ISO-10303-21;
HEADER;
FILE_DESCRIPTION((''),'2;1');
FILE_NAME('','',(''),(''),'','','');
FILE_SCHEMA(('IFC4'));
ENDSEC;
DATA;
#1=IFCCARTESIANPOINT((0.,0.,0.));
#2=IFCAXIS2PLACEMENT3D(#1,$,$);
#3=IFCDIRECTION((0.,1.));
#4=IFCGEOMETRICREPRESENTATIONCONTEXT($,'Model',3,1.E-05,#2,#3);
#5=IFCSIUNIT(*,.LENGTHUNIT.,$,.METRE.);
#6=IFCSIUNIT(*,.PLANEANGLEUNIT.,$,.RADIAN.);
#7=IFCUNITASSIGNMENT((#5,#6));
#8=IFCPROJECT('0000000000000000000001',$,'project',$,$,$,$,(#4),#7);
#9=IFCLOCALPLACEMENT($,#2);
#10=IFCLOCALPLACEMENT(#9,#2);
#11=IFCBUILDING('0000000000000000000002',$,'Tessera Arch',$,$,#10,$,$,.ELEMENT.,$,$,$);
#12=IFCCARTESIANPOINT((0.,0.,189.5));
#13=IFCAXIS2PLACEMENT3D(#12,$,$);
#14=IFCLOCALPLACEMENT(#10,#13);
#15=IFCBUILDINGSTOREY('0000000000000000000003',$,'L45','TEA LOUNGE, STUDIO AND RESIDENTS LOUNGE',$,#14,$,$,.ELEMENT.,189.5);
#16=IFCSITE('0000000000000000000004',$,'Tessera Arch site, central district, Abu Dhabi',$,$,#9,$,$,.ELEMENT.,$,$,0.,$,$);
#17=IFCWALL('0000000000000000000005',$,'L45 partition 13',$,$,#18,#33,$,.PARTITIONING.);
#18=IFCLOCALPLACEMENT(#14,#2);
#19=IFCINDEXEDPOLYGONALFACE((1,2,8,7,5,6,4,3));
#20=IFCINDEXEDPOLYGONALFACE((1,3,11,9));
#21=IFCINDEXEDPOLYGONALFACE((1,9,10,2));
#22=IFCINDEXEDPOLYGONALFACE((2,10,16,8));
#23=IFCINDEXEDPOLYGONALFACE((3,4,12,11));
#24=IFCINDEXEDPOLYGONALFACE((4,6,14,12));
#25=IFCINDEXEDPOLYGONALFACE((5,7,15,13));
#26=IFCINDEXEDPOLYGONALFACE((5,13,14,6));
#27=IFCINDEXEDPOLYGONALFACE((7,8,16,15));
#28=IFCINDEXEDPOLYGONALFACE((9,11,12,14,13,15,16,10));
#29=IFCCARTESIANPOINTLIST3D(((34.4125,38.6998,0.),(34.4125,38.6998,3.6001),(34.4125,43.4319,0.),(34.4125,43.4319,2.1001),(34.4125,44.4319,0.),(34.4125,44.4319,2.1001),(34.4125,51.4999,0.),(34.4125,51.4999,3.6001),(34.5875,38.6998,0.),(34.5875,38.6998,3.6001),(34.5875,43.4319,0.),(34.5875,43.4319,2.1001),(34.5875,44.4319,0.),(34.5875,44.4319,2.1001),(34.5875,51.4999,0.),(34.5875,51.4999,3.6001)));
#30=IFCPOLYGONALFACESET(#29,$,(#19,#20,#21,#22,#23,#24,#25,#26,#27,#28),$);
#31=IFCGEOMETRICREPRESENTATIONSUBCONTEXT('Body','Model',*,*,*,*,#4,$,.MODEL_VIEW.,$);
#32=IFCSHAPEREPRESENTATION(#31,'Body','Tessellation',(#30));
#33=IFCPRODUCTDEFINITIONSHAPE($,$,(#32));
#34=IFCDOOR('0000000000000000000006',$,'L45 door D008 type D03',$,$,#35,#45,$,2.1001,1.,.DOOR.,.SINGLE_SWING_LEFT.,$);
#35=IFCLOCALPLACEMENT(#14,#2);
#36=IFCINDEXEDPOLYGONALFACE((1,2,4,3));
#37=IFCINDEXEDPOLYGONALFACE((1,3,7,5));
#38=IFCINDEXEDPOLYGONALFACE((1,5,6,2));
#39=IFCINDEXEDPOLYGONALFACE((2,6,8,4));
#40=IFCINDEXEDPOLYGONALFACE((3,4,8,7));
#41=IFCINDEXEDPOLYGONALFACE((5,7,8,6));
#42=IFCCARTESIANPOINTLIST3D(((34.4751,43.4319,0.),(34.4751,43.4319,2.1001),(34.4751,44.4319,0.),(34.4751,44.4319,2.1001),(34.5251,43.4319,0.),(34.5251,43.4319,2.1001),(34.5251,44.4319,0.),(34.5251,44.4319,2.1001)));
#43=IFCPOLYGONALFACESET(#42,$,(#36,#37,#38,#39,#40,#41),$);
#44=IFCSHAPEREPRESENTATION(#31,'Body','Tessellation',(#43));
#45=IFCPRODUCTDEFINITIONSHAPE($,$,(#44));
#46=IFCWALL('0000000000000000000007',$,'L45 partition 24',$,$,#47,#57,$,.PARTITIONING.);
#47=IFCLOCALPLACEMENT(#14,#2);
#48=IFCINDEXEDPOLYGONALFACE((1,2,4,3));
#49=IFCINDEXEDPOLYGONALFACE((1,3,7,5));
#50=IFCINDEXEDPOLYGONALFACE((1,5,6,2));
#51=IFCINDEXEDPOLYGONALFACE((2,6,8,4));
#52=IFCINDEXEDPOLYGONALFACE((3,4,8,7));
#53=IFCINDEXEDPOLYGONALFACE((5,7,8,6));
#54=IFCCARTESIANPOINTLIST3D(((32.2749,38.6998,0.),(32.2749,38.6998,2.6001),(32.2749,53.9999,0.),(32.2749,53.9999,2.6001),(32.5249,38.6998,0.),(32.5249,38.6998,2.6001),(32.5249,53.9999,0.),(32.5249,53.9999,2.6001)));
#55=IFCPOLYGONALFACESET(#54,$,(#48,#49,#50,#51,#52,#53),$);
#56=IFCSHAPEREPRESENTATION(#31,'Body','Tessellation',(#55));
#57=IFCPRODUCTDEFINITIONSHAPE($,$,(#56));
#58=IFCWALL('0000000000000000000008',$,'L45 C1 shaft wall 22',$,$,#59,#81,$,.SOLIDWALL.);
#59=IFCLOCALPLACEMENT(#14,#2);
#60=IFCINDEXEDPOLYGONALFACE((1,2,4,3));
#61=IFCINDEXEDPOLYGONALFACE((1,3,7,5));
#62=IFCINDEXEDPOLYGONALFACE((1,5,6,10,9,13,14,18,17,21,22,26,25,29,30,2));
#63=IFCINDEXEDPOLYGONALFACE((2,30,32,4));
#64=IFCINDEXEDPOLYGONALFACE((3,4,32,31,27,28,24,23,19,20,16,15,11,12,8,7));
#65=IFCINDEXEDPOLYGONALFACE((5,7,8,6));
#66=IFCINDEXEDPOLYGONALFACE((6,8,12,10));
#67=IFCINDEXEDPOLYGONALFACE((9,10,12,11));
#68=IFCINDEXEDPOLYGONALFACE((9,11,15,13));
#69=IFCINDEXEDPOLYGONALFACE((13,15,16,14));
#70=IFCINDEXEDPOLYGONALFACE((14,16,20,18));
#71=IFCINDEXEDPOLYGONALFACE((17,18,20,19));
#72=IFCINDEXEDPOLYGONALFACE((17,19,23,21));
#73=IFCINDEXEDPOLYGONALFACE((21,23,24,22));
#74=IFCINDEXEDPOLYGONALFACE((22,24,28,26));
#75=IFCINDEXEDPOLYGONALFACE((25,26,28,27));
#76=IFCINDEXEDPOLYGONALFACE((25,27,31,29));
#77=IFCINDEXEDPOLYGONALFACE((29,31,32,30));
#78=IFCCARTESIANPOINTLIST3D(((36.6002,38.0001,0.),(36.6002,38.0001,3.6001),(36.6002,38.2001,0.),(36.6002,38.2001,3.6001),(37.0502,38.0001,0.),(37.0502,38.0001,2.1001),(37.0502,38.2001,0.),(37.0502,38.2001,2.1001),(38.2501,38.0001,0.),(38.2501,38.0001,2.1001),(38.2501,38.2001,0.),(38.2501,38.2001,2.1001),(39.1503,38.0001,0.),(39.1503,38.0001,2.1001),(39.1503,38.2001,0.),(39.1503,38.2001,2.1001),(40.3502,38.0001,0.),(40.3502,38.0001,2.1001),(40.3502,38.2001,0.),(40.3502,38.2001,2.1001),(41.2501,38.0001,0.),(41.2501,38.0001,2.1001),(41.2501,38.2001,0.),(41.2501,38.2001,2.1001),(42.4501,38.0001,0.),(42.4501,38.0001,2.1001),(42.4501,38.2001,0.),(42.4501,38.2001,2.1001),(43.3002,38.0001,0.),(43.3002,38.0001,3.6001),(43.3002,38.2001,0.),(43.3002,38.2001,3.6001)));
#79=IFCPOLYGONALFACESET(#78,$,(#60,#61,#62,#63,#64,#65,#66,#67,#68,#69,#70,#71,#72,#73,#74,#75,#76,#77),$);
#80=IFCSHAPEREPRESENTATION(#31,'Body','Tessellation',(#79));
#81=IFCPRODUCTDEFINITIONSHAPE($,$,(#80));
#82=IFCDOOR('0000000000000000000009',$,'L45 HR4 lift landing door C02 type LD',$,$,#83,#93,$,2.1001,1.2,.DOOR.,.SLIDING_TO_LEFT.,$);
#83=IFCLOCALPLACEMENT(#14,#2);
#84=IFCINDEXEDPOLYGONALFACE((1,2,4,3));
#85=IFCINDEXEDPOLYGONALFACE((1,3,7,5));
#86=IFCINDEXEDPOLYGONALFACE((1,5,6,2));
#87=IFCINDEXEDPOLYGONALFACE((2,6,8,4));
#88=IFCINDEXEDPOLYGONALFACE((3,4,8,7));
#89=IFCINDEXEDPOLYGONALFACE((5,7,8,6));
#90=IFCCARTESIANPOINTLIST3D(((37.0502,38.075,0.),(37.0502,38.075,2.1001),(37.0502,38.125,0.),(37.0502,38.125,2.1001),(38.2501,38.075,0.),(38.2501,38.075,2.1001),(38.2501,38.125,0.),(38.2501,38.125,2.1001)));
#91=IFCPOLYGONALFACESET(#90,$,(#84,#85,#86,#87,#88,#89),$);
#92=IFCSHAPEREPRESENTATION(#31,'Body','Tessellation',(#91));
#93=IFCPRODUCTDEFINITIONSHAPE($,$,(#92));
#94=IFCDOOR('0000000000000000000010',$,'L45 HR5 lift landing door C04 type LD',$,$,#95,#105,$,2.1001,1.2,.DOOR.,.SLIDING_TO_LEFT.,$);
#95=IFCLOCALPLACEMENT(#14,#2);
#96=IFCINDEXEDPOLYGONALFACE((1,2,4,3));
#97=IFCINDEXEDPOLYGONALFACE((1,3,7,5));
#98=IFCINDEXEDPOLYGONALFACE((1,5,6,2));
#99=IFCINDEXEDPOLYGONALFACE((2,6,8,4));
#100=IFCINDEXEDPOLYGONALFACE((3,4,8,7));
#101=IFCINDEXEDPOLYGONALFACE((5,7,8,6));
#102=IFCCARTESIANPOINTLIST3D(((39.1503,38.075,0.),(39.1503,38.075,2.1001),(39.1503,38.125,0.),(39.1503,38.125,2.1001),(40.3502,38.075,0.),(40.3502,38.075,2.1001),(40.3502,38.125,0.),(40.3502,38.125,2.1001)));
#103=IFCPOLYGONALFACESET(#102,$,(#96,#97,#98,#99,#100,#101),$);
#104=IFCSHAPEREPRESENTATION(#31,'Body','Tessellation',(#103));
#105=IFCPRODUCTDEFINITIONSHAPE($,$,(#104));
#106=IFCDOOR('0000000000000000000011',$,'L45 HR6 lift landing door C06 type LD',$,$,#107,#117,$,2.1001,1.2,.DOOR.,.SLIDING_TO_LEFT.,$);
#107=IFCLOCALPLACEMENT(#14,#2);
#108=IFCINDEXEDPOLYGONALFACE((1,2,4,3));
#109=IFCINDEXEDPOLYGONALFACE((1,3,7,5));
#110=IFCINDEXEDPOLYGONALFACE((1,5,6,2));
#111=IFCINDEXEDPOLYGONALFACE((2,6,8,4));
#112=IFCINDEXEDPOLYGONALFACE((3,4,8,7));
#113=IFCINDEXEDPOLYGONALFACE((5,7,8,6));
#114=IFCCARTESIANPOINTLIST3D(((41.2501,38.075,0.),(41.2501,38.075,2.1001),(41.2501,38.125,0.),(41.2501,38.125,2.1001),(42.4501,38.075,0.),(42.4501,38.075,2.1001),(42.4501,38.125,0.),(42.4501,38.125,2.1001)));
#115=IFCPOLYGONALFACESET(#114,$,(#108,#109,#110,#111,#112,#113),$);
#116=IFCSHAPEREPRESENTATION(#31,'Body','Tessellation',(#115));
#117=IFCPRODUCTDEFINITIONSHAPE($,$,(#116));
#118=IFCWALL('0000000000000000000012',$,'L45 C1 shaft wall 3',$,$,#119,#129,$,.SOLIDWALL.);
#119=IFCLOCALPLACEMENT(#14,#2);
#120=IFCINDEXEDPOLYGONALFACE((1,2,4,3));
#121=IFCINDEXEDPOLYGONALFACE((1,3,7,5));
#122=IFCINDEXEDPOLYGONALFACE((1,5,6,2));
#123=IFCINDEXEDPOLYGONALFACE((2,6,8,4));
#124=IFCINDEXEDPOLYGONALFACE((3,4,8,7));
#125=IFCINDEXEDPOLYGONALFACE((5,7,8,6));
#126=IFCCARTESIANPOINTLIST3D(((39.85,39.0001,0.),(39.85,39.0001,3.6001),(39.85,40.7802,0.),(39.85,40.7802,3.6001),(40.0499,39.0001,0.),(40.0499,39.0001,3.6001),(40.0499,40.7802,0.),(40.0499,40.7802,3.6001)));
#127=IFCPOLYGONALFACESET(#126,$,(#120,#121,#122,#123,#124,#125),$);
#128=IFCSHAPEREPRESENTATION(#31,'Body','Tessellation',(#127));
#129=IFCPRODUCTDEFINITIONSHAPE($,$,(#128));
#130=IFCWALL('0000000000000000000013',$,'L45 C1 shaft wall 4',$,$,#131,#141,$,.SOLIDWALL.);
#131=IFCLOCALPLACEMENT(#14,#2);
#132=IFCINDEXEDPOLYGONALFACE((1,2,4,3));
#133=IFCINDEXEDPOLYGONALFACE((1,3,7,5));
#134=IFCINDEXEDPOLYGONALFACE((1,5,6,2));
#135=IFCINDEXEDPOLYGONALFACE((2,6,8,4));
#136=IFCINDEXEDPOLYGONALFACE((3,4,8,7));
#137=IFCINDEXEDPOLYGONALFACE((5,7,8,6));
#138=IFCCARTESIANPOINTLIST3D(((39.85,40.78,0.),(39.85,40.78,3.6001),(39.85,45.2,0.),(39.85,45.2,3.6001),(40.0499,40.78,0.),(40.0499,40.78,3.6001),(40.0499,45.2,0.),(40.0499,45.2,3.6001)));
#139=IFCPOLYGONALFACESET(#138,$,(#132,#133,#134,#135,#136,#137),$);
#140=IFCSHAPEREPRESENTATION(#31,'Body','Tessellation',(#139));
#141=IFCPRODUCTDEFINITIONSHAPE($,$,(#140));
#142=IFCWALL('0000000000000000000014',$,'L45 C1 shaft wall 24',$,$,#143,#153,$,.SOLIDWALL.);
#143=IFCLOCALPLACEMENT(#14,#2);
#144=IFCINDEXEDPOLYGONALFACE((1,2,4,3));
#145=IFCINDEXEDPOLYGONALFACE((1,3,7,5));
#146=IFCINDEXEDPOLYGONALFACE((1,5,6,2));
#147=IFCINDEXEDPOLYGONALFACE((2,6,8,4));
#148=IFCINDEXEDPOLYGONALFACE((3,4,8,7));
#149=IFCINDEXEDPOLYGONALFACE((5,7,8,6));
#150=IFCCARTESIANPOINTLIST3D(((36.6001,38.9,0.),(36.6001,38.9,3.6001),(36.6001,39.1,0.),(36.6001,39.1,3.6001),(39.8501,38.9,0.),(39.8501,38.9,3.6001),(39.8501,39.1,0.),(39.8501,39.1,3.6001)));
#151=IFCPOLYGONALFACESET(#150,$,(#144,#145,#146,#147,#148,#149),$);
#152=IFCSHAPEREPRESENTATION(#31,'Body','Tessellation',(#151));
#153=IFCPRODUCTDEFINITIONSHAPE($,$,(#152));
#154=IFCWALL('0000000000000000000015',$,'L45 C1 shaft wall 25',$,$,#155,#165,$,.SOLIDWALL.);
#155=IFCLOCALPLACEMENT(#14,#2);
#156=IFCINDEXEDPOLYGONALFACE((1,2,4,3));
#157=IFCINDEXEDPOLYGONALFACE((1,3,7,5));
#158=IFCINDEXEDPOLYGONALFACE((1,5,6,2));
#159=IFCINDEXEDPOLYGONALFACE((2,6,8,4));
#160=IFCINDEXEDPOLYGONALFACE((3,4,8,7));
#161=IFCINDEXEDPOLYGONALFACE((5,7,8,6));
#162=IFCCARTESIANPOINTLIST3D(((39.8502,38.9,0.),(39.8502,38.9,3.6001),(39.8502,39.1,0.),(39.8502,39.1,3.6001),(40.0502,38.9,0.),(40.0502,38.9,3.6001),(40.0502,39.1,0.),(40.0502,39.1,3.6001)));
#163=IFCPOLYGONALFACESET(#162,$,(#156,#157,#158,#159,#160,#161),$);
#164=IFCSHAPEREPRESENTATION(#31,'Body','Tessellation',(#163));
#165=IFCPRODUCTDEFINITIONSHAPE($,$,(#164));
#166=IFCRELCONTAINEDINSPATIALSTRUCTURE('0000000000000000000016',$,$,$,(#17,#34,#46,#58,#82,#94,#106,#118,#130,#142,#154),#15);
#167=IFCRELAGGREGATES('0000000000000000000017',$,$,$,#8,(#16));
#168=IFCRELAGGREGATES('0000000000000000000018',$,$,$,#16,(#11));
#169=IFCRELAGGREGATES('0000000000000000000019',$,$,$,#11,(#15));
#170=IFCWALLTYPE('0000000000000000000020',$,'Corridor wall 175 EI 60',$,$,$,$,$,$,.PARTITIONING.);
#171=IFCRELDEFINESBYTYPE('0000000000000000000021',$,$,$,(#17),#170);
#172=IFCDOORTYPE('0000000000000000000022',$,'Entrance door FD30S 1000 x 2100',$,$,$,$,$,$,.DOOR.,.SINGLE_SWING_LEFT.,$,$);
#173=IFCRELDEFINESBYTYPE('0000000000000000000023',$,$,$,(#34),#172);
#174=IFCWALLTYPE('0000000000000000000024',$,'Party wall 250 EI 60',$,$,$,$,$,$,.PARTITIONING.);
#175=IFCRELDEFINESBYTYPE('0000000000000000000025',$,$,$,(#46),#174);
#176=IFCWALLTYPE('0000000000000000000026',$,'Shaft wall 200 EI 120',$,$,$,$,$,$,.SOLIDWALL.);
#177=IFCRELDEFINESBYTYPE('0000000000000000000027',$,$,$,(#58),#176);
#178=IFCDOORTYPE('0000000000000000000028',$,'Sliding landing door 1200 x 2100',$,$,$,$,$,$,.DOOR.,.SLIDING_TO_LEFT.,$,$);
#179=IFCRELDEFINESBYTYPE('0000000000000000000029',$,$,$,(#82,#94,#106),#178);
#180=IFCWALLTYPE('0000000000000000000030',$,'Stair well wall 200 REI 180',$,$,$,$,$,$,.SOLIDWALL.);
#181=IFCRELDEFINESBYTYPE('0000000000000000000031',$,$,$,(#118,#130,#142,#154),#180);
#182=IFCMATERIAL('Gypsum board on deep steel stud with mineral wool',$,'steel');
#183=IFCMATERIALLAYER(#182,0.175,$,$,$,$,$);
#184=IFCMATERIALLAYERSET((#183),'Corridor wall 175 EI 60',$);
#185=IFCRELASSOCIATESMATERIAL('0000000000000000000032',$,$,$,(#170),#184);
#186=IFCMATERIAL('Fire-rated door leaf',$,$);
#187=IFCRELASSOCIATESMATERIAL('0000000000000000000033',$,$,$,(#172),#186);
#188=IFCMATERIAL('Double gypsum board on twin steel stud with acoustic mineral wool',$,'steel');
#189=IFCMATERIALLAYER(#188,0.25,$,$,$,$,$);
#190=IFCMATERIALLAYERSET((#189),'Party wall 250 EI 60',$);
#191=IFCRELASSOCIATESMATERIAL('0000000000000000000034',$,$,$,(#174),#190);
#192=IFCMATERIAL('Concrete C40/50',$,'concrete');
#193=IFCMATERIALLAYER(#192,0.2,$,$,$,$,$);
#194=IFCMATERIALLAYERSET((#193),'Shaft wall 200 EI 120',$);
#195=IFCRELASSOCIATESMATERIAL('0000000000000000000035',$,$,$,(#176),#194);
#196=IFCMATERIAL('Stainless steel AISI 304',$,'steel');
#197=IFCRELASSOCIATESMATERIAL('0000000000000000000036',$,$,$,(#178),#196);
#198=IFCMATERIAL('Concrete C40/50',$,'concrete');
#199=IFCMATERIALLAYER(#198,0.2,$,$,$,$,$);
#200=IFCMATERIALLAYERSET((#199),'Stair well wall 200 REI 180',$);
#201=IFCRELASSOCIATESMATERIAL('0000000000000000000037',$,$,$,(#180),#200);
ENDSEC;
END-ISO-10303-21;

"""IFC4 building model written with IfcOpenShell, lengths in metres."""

from ifc_helpers import new_model, si_unit, direction, frame, frame_2d, origin, place, context, subcontext, project, spatial, rectangle, extrude, material, layer, layer_set, type_object, element, fill, save


model = new_model("IFC4")

# Units and contexts
model_context = context("Model", 3, precision=1e-05, world=origin(), true_north=direction((0.0, 1.0)))
body_context = subcontext(model_context, "Body", "Model", "MODEL_VIEW")
ifc_project = project(units=[si_unit("LENGTHUNIT", "METRE"), si_unit("PLANEANGLEUNIT", "RADIAN")], contexts=[model_context])

# Site, building, storey
site_placement = place(None, origin())
site = spatial("IfcSite", under=ifc_project, at=site_placement, Name="Tessera Arch site, central district, Abu Dhabi", CompositionType="ELEMENT", RefElevation=0.0)
building_placement = place(site_placement, origin())
building = spatial("IfcBuilding", under=site, at=building_placement, Name="Tessera Arch", CompositionType="ELEMENT")
storey_placement = place(building_placement, frame((0.0, 0.0, 189.5)))
storey = spatial("IfcBuildingStorey", under=building, at=storey_placement, Name="L45", Description="TEA LOUNGE, STUDIO AND RESIDENTS LOUNGE", CompositionType="ELEMENT", Elevation=189.5)

# Wall, opening, door
ifc_material_1 = material(Name="Gypsum board on deep steel stud with mineral wool", Category="steel")
ifc_layer_1 = layer(ifc_material_1, 0.175)
ifc_layer_set_1 = layer_set([ifc_layer_1], Name="Corridor wall 175 EI 60")
wall_type_1 = type_object("IfcWallType", Name="Corridor wall 175 EI 60", PredefinedType="PARTITIONING", material=ifc_layer_set_1)
wall_1_placement = place(storey_placement, frame((34.5, 38.7, 0.0), z_axis=(0.0, 0.0, 1.0), x_axis=(0.0, 1.0, 0.0)))
wall_1 = element("IfcWall", 1, at=wall_1_placement, inside=storey, type_object=wall_type_1, Name="L45 partition 13", PredefinedType="PARTITIONING", context=body_context, shape_type="SweptSolid", body=[
    extrude(rectangle(XDim=12.8, YDim=0.175, at=frame_2d((6.3999, 0.0))), origin(), (0.0, 0.0, 1.0), 3.6001),
])
opening_1_placement = place(wall_1_placement, frame((4.7319, 0.0, 0.0)))
opening_1 = element("IfcOpeningElement", 2, at=opening_1_placement, cuts=wall_1, PredefinedType="OPENING", context=body_context, shape_type="SweptSolid", body=[
    extrude(rectangle(XDim=1.0, YDim=2.1001, at=frame_2d((0.5, 1.05))), frame((0.0, 0.0974, 0.0), z_axis=(0.0, -1.0, 0.0), x_axis=(1.0, 0.0, 0.0)), (0.0, 0.0, 1.0), 0.1951),
])
ifc_material_2 = material(Name="Fire-rated door leaf")
door_type_1 = type_object("IfcDoorType", Name="Entrance door FD30S 1000 x 2100", OperationType="SINGLE_SWING_LEFT", PredefinedType="DOOR", material=ifc_material_2)
door_1_placement = place(opening_1_placement, origin())
door_1 = element("IfcDoor", 3, at=door_1_placement, inside=storey, type_object=door_type_1, Name="L45 door D008 type D03", OperationType="SINGLE_SWING_LEFT", OverallHeight=2.1001, OverallWidth=1.0, PredefinedType="DOOR", context=body_context, shape_type="SweptSolid", body=[
    extrude(rectangle(XDim=1.0, YDim=2.1001, at=frame_2d((0.5, 1.05))), frame((0.0, 0.0249, 0.0), z_axis=(0.0, -1.0, 0.0), x_axis=(1.0, 0.0, 0.0)), (0.0, 0.0, 1.0), 0.05),
])
fill(opening_1, door_1)

# Wall
ifc_material_3 = material(Name="Double gypsum board on twin steel stud with acoustic mineral wool", Category="steel")
ifc_layer_2 = layer(ifc_material_3, 0.25)
ifc_layer_set_2 = layer_set([ifc_layer_2], Name="Party wall 250 EI 60")
wall_type_2 = type_object("IfcWallType", Name="Party wall 250 EI 60", PredefinedType="PARTITIONING", material=ifc_layer_set_2)
wall_2_placement = place(storey_placement, frame((32.3999, 38.7, 0.0), z_axis=(0.0, 0.0, 1.0), x_axis=(0.0, 1.0, 0.0)))
element("IfcWall", 4, at=wall_2_placement, inside=storey, type_object=wall_type_2, Name="L45 partition 24", PredefinedType="PARTITIONING", context=body_context, shape_type="SweptSolid", body=[
    extrude(rectangle(XDim=15.3, YDim=0.25, at=frame_2d((7.6499, 0.0))), origin(), (0.0, 0.0, 1.0), 2.6001),
])

# Wall, openings, doors
ifc_material_4 = material(Name="Concrete C40/50", Category="concrete")
ifc_layer_3 = layer(ifc_material_4, 0.2)
ifc_layer_set_3 = layer_set([ifc_layer_3], Name="Shaft wall 200 EI 120")
wall_type_3 = type_object("IfcWallType", Name="Shaft wall 200 EI 120", PredefinedType="SOLIDWALL", material=ifc_layer_set_3)
wall_3_placement = place(storey_placement, frame((36.6001, 38.1001, 0.0), z_axis=(0.0, 0.0, 1.0), x_axis=(1.0, 0.0, 0.0)))
wall_3 = element("IfcWall", 5, at=wall_3_placement, inside=storey, type_object=wall_type_3, Name="L45 C1 shaft wall 22", PredefinedType="SOLIDWALL", context=body_context, shape_type="SweptSolid", body=[
    extrude(rectangle(XDim=6.7, YDim=0.2, at=frame_2d((3.3501, 0.0))), origin(), (0.0, 0.0, 1.0), 3.6001),
])
opening_2_placement = place(wall_3_placement, frame((0.45, 0.0, 0.0)))
opening_2 = element("IfcOpeningElement", 6, at=opening_2_placement, cuts=wall_3, PredefinedType="OPENING", context=body_context, shape_type="SweptSolid", body=[
    extrude(rectangle(XDim=1.2, YDim=2.1001, at=frame_2d((0.6001, 1.05))), frame((0.0, 0.1099, 0.0), z_axis=(0.0, -1.0, 0.0), x_axis=(1.0, 0.0, 0.0)), (0.0, 0.0, 1.0), 0.22),
])
opening_3_placement = place(wall_3_placement, frame((2.55, 0.0, 0.0)))
opening_3 = element("IfcOpeningElement", 7, at=opening_3_placement, cuts=wall_3, PredefinedType="OPENING", context=body_context, shape_type="SweptSolid", body=[
    extrude(rectangle(XDim=1.2, YDim=2.1001, at=frame_2d((0.6001, 1.05))), frame((0.0, 0.1099, 0.0), z_axis=(0.0, -1.0, 0.0), x_axis=(1.0, 0.0, 0.0)), (0.0, 0.0, 1.0), 0.22),
])
opening_4_placement = place(wall_3_placement, frame((4.6499, 0.0, 0.0)))
opening_4 = element("IfcOpeningElement", 8, at=opening_4_placement, cuts=wall_3, PredefinedType="OPENING", context=body_context, shape_type="SweptSolid", body=[
    extrude(rectangle(XDim=1.2, YDim=2.1001, at=frame_2d((0.6001, 1.05))), frame((0.0, 0.1099, 0.0), z_axis=(0.0, -1.0, 0.0), x_axis=(1.0, 0.0, 0.0)), (0.0, 0.0, 1.0), 0.22),
])
ifc_material_5 = material(Name="Stainless steel AISI 304", Category="steel")
door_type_2 = type_object("IfcDoorType", Name="Sliding landing door 1200 x 2100", OperationType="SLIDING_TO_LEFT", PredefinedType="DOOR", material=ifc_material_5)
door_2_placement = place(opening_2_placement, origin())
door_2 = element("IfcDoor", 9, at=door_2_placement, inside=storey, type_object=door_type_2, Name="L45 HR4 lift landing door C02 type LD", OperationType="SLIDING_TO_LEFT", OverallHeight=2.1001, OverallWidth=1.2, PredefinedType="DOOR", context=body_context, shape_type="SweptSolid", body=[
    extrude(rectangle(XDim=1.2, YDim=2.1001, at=frame_2d((0.6001, 1.05))), frame((0.0, 0.0249, 0.0), z_axis=(0.0, -1.0, 0.0), x_axis=(1.0, 0.0, 0.0)), (0.0, 0.0, 1.0), 0.05),
])
fill(opening_2, door_2)
door_3_placement = place(opening_3_placement, origin())
door_3 = element("IfcDoor", 10, at=door_3_placement, inside=storey, type_object=door_type_2, Name="L45 HR5 lift landing door C04 type LD", OperationType="SLIDING_TO_LEFT", OverallHeight=2.1001, OverallWidth=1.2, PredefinedType="DOOR", context=body_context, shape_type="SweptSolid", body=[
    extrude(rectangle(XDim=1.2, YDim=2.1001, at=frame_2d((0.6001, 1.05))), frame((0.0, 0.0249, 0.0), z_axis=(0.0, -1.0, 0.0), x_axis=(1.0, 0.0, 0.0)), (0.0, 0.0, 1.0), 0.05),
])
fill(opening_3, door_3)
door_4_placement = place(opening_4_placement, origin())
door_4 = element("IfcDoor", 11, at=door_4_placement, inside=storey, type_object=door_type_2, Name="L45 HR6 lift landing door C06 type LD", OperationType="SLIDING_TO_LEFT", OverallHeight=2.1001, OverallWidth=1.2, PredefinedType="DOOR", context=body_context, shape_type="SweptSolid", body=[
    extrude(rectangle(XDim=1.2, YDim=2.1001, at=frame_2d((0.6001, 1.05))), frame((0.0, 0.0249, 0.0), z_axis=(0.0, -1.0, 0.0), x_axis=(1.0, 0.0, 0.0)), (0.0, 0.0, 1.0), 0.05),
])
fill(opening_4, door_4)

# Walls
ifc_material_6 = material(Name="Concrete C40/50", Category="concrete")
ifc_layer_4 = layer(ifc_material_6, 0.2)
ifc_layer_set_4 = layer_set([ifc_layer_4], Name="Stair well wall 200 REI 180")
wall_type_4 = type_object("IfcWallType", Name="Stair well wall 200 REI 180", PredefinedType="SOLIDWALL", material=ifc_layer_set_4)
wall_4_placement = place(storey_placement, frame((39.95, 39.0, 0.0), z_axis=(0.0, 0.0, 1.0), x_axis=(0.0, 1.0, 0.0)))
element("IfcWall", 12, at=wall_4_placement, inside=storey, type_object=wall_type_4, Name="L45 C1 shaft wall 3", PredefinedType="SOLIDWALL", context=body_context, shape_type="SweptSolid", body=[
    extrude(rectangle(XDim=1.78, YDim=0.2, at=frame_2d((0.8901, 0.0))), origin(), (0.0, 0.0, 1.0), 3.6001),
])
wall_5_placement = place(storey_placement, frame((39.95, 40.78, 0.0), z_axis=(0.0, 0.0, 1.0), x_axis=(0.0, 1.0, 0.0)))
element("IfcWall", 13, at=wall_5_placement, inside=storey, type_object=wall_type_4, Name="L45 C1 shaft wall 4", PredefinedType="SOLIDWALL", context=body_context, shape_type="SweptSolid", body=[
    extrude(rectangle(XDim=4.4199, YDim=0.2, at=frame_2d((2.21, 0.0))), origin(), (0.0, 0.0, 1.0), 3.6001),
])
wall_6_placement = place(storey_placement, frame((36.6001, 39.0, 0.0), z_axis=(0.0, 0.0, 1.0), x_axis=(1.0, 0.0, 0.0)))
element("IfcWall", 14, at=wall_6_placement, inside=storey, type_object=wall_type_4, Name="L45 C1 shaft wall 24", PredefinedType="SOLIDWALL", context=body_context, shape_type="SweptSolid", body=[
    extrude(rectangle(XDim=3.25, YDim=0.2, at=frame_2d((1.625, 0.0))), origin(), (0.0, 0.0, 1.0), 3.6001),
])
wall_7_placement = place(storey_placement, frame((39.8501, 39.0, 0.0), z_axis=(0.0, 0.0, 1.0), x_axis=(1.0, 0.0, 0.0)))
element("IfcWall", 15, at=wall_7_placement, inside=storey, type_object=wall_type_4, Name="L45 C1 shaft wall 25", PredefinedType="SOLIDWALL", context=body_context, shape_type="SweptSolid", body=[
    extrude(rectangle(XDim=0.2, YDim=0.2, at=frame_2d((0.1001, 0.0))), origin(), (0.0, 0.0, 1.0), 3.6001),
])

save(model, "model.ifc")
